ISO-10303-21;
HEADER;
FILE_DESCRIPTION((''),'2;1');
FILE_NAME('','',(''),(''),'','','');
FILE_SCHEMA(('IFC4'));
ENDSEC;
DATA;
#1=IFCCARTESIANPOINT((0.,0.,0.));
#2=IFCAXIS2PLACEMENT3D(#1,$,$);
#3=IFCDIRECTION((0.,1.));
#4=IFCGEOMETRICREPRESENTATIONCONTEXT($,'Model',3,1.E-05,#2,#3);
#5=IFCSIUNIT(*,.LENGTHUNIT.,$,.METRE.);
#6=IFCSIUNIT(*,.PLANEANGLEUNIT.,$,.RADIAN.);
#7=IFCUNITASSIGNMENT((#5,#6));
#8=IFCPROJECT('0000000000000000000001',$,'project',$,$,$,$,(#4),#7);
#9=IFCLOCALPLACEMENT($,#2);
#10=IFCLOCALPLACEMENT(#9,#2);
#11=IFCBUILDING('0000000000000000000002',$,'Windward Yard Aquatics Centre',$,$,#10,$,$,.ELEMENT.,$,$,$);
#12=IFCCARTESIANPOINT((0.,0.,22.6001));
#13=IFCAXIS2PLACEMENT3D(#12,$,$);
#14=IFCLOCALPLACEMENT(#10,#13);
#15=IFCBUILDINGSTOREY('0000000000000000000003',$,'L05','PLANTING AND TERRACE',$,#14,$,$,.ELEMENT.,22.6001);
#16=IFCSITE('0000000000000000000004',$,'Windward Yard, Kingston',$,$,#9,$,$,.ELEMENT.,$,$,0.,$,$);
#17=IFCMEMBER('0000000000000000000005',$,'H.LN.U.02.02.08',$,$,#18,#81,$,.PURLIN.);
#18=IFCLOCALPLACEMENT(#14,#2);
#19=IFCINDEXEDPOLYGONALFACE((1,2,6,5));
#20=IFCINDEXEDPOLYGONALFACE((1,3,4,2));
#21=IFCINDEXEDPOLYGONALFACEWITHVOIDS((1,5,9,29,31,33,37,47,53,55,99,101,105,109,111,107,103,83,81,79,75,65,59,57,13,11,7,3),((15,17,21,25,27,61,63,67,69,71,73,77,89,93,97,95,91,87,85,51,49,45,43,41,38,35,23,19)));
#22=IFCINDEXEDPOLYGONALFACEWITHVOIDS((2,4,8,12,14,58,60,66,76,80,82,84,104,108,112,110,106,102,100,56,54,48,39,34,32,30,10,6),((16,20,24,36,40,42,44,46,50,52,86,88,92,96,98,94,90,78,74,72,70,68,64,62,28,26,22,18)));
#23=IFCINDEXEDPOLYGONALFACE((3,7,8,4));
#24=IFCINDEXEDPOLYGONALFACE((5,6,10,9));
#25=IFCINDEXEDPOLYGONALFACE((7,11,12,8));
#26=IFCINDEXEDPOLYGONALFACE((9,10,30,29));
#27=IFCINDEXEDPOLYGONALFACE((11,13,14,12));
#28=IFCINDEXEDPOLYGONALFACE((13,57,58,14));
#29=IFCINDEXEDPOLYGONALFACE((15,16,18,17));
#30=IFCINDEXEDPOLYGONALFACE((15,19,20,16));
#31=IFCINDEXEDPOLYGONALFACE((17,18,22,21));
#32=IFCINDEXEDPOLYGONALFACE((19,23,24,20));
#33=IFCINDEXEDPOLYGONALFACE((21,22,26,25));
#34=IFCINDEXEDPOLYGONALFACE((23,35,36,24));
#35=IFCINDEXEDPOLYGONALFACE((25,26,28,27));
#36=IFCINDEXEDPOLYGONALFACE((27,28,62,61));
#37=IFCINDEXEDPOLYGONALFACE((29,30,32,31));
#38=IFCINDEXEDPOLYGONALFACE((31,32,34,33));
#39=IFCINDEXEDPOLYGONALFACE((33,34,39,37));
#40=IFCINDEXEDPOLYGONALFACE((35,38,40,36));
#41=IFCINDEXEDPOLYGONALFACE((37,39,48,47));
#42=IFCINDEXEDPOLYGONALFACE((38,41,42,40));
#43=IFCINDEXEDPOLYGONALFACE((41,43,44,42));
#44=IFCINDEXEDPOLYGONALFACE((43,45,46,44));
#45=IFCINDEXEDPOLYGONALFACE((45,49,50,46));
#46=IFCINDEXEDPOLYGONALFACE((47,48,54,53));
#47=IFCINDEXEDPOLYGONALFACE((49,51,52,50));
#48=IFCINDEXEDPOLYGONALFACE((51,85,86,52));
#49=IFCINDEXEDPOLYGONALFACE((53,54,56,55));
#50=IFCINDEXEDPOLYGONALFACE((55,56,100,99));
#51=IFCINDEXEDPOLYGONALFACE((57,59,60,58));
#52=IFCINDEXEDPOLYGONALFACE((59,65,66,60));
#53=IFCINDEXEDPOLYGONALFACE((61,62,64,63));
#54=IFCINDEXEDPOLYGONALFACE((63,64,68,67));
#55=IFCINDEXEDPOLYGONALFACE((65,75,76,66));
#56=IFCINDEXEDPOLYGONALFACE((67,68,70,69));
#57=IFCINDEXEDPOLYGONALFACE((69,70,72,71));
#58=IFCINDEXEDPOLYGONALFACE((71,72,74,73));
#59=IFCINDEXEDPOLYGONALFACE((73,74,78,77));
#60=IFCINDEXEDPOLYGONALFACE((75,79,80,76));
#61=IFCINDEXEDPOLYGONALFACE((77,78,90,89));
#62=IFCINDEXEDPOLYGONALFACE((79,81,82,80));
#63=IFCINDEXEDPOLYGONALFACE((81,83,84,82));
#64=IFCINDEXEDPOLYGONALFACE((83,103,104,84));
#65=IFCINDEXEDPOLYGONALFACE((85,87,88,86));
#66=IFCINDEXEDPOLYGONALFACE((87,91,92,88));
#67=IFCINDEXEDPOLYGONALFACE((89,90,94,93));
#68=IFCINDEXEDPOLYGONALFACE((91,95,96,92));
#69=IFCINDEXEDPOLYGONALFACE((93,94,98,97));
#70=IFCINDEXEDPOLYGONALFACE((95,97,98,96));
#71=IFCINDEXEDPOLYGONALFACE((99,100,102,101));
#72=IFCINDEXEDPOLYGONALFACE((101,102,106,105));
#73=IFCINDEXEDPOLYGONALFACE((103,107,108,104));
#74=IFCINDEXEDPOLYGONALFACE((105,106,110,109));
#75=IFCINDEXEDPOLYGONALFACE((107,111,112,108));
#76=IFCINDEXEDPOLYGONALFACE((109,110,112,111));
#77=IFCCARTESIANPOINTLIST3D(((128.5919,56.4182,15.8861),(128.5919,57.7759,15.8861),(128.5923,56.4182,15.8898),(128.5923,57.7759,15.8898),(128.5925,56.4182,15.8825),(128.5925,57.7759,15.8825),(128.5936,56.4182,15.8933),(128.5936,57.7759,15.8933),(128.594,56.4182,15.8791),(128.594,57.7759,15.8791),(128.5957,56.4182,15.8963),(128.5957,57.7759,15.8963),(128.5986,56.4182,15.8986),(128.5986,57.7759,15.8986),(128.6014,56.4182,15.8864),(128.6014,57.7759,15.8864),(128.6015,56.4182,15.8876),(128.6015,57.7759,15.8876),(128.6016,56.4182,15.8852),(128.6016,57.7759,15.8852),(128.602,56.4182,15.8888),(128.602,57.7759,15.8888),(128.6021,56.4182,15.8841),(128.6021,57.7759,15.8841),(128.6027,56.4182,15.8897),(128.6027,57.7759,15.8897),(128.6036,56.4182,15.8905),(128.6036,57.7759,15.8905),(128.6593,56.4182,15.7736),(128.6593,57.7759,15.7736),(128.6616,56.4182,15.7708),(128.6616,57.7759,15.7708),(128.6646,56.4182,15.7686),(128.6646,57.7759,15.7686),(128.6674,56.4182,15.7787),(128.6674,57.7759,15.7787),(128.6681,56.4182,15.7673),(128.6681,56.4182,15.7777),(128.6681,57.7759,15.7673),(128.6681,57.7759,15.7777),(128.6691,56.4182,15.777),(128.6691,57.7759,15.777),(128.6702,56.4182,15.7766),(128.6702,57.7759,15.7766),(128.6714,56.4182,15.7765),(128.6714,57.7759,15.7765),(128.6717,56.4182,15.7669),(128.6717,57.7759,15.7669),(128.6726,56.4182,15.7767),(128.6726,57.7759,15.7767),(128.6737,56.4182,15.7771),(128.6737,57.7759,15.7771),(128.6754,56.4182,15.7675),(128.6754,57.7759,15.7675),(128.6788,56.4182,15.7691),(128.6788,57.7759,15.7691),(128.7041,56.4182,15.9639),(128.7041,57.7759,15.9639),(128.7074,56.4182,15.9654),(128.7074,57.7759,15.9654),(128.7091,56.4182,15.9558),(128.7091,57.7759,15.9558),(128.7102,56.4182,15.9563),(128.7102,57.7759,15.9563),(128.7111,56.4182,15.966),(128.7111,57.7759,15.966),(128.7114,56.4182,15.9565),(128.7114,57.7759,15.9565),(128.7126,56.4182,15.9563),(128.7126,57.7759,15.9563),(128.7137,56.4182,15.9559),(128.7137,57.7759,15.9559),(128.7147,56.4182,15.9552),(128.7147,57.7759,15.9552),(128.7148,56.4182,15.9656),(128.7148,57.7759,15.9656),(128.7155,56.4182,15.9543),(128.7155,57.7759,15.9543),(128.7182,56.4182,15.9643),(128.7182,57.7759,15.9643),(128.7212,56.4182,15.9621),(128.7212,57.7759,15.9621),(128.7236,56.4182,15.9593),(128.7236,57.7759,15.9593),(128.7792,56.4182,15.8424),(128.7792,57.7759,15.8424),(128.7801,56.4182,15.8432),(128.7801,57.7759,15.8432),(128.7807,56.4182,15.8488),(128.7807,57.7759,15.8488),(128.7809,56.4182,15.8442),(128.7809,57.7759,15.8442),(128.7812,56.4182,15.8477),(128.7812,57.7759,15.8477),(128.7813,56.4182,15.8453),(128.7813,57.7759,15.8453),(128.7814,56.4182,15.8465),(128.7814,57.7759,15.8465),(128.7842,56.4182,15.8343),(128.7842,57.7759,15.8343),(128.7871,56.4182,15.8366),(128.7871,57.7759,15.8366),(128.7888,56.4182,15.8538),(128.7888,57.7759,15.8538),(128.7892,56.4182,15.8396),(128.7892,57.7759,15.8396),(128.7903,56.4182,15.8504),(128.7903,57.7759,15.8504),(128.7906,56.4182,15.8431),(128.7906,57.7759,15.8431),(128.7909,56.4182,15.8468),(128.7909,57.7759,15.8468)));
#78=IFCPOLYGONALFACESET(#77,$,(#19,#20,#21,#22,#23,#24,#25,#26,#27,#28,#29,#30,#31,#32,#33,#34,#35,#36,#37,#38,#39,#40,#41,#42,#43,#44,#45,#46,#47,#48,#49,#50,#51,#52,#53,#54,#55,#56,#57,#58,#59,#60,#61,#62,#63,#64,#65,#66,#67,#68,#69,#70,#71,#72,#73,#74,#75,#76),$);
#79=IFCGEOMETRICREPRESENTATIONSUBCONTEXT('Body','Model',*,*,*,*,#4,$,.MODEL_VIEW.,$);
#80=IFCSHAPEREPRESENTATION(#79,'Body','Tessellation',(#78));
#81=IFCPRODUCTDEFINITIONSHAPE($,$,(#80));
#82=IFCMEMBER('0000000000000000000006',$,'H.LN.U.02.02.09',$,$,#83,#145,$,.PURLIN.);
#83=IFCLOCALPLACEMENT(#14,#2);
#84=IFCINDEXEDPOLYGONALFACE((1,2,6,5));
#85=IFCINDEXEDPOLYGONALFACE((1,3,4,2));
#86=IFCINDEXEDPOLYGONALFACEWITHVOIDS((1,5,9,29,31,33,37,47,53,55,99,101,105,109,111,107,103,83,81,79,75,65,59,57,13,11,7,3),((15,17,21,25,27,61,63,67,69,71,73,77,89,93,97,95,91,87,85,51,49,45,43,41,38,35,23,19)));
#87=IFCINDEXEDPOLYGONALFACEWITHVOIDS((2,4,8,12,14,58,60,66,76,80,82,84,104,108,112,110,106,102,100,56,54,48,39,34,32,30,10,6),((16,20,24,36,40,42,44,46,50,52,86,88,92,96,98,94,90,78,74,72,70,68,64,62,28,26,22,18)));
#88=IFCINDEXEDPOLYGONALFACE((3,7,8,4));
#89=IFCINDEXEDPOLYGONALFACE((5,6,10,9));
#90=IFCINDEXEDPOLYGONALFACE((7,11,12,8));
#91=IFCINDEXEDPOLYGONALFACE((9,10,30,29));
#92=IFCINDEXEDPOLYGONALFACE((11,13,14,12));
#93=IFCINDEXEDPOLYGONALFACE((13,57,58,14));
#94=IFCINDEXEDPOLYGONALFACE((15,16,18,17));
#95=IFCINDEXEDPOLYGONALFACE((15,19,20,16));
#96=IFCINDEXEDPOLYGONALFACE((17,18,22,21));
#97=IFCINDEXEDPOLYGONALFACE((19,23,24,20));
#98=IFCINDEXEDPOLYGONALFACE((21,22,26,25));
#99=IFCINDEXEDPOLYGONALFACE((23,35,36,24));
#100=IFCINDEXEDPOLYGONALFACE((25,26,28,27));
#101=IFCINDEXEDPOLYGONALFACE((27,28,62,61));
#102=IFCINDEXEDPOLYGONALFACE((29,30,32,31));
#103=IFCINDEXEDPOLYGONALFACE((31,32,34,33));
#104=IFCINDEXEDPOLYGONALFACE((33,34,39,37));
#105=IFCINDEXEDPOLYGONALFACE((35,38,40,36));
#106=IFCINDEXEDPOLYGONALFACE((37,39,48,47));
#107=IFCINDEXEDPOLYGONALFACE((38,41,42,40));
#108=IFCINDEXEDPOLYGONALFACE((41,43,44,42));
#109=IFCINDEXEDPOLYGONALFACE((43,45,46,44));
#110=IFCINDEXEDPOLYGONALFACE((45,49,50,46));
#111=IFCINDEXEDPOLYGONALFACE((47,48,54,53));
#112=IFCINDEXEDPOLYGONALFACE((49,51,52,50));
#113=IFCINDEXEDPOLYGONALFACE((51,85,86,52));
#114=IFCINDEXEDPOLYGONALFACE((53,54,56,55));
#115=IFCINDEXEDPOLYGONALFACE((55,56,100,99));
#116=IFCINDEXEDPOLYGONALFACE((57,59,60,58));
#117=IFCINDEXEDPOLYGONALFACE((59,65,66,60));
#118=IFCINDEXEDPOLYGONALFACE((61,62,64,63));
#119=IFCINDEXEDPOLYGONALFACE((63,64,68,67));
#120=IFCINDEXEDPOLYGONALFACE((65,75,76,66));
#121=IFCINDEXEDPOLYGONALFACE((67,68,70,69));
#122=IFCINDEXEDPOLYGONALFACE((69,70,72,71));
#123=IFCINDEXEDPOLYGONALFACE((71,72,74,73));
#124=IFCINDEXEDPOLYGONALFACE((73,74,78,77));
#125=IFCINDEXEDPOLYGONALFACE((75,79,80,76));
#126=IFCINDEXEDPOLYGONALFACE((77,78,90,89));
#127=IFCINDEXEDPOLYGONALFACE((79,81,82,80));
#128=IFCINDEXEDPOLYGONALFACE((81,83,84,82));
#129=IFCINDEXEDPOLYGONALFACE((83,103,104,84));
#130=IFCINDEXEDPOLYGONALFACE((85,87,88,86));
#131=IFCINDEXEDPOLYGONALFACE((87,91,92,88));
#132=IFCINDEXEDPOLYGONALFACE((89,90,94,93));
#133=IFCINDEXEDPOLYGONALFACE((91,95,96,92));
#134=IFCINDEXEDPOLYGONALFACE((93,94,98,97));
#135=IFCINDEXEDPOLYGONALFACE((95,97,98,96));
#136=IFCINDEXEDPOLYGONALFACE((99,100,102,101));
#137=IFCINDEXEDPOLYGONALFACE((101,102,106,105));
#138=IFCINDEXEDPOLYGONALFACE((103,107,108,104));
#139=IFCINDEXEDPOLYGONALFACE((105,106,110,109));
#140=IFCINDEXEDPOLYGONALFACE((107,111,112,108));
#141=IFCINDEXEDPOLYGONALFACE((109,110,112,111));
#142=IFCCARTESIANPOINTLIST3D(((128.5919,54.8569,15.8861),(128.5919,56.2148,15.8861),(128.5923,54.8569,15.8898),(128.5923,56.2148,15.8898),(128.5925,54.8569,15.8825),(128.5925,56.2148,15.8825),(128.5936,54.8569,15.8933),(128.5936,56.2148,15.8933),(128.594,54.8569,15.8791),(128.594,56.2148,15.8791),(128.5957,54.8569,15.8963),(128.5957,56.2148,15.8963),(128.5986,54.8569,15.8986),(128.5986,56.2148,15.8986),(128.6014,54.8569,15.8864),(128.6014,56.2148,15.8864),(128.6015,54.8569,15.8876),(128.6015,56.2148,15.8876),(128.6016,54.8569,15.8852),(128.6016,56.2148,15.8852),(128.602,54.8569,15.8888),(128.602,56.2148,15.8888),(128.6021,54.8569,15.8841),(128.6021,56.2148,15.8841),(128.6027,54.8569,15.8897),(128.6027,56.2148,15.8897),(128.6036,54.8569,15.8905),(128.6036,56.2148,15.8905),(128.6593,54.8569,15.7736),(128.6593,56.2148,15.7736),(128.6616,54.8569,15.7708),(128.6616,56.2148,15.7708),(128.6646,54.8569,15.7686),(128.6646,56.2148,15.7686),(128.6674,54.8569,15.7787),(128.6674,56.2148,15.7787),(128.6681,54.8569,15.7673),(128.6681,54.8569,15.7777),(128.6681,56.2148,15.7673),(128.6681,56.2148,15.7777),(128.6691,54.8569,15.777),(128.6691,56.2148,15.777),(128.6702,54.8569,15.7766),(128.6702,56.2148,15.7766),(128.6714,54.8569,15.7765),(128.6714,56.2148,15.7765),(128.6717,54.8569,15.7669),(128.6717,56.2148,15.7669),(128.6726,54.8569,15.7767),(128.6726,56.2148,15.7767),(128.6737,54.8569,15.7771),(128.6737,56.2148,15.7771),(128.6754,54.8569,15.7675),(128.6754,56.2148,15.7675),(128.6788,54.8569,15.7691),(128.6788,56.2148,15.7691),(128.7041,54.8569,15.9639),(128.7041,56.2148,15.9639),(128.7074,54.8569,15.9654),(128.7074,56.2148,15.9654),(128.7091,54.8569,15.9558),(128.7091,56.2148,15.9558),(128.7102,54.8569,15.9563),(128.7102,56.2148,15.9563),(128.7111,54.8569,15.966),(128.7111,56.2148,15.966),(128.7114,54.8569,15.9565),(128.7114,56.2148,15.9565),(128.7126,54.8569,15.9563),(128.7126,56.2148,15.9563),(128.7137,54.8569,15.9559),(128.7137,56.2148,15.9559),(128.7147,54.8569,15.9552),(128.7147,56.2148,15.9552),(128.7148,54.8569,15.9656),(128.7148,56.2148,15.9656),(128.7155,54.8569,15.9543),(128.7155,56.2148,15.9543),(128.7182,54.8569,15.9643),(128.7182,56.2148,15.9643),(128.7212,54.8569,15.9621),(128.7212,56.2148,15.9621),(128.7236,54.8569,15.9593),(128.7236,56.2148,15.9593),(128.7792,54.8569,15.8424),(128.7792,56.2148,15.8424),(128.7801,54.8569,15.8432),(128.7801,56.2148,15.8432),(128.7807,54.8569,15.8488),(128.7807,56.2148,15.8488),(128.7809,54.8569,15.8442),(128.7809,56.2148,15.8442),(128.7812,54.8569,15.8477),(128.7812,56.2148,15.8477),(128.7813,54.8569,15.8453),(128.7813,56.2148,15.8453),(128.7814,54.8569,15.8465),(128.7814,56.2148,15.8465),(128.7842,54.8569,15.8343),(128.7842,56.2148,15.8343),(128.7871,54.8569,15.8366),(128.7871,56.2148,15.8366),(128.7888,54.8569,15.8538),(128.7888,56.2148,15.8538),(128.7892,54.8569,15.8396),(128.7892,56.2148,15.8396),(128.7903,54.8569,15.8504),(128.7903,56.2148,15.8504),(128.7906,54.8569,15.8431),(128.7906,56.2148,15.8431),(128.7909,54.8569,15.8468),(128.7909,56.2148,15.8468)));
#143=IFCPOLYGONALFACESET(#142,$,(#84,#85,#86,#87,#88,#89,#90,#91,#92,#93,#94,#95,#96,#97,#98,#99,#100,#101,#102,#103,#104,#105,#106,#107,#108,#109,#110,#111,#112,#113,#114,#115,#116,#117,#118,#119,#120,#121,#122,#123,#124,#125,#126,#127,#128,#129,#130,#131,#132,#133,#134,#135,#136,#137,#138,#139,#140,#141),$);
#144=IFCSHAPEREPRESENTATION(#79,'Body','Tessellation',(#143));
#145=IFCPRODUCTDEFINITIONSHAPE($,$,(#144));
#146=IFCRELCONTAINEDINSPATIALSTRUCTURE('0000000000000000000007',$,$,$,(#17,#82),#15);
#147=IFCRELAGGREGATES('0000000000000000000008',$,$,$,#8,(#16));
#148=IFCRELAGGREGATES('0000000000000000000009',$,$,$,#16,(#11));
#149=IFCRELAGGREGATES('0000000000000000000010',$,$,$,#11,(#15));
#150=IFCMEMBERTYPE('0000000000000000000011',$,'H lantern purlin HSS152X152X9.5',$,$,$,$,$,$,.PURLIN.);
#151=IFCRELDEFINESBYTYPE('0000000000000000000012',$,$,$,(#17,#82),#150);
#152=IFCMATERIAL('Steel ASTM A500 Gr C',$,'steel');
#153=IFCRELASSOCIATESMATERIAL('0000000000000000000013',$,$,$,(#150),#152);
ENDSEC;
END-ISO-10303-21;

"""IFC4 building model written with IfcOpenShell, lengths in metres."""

from ifc_helpers import new_model, si_unit, direction, frame, origin, origin_2d, place, context, subcontext, project, spatial, hollow_rectangle, extrude, material, material_profile, profile_set, type_object, element, save


model = new_model("IFC4")

# Units and contexts
model_context = context("Model", 3, precision=1e-05, world=origin(), true_north=direction((0.0, 1.0)))
body_context = subcontext(model_context, "Body", "Model", "MODEL_VIEW")
ifc_project = project(units=[si_unit("LENGTHUNIT", "METRE"), si_unit("PLANEANGLEUNIT", "RADIAN")], contexts=[model_context])

# Site, building, storey
site_placement = place(None, origin())
site = spatial("IfcSite", under=ifc_project, at=site_placement, Name="Windward Yard, Kingston", CompositionType="ELEMENT", RefElevation=0.0)
building_placement = place(site_placement, origin())
building = spatial("IfcBuilding", under=site, at=building_placement, Name="Windward Yard Aquatics Centre", CompositionType="ELEMENT")
storey_placement = place(building_placement, frame((0.0, 0.0, 22.6001)))
storey = spatial("IfcBuildingStorey", under=building, at=storey_placement, Name="L05", Description="PLANTING AND TERRACE", CompositionType="ELEMENT", Elevation=22.6001)

# Members
ifc_material_1 = material(Name="Steel ASTM A500 Gr C", Category="steel")
ifc_material_profile_1 = material_profile(ifc_material_1, hollow_rectangle(XDim=0.1523, YDim=0.1523, WallThickness=0.0095, InnerFilletRadius=0.0046, OuterFilletRadius=0.0142, at=origin_2d()), Name="HSS152X152X9.5")
ifc_profile_set_1 = profile_set([ifc_material_profile_1], Name="Steel ASTM A500 Gr C")
member_type_1 = type_object("IfcMemberType", Name="H lantern purlin HSS152X152X9.5", PredefinedType="PURLIN", material=ifc_profile_set_1)
member_1_placement = place(storey_placement, frame((128.6914, 57.7759, 15.8665), z_axis=(0.0, -1.0, 0.0), x_axis=(0.526172, 0.0, -0.850378)))
element("IfcMember", 1, at=member_1_placement, inside=storey, type_object=member_type_1, Name="H.LN.U.02.02.08", PredefinedType="PURLIN", context=body_context, shape_type="SweptSolid", body=[
    extrude(hollow_rectangle(XDim=0.1523, YDim=0.1523, WallThickness=0.0095, InnerFilletRadius=0.0046, OuterFilletRadius=0.0142, at=origin_2d()), origin(), (0.0, 0.0, 1.0), 1.3577),
])
member_2_placement = place(storey_placement, frame((128.6914, 56.2148, 15.8665), z_axis=(0.0, -1.0, 0.0), x_axis=(0.526172, 0.0, -0.850378)))
element("IfcMember", 2, at=member_2_placement, inside=storey, type_object=member_type_1, Name="H.LN.U.02.02.09", PredefinedType="PURLIN", context=body_context, shape_type="SweptSolid", body=[
    extrude(hollow_rectangle(XDim=0.1523, YDim=0.1523, WallThickness=0.0095, InnerFilletRadius=0.0046, OuterFilletRadius=0.0142, at=origin_2d()), origin(), (0.0, 0.0, 1.0), 1.3579),
])

save(model, "model.ifc")
